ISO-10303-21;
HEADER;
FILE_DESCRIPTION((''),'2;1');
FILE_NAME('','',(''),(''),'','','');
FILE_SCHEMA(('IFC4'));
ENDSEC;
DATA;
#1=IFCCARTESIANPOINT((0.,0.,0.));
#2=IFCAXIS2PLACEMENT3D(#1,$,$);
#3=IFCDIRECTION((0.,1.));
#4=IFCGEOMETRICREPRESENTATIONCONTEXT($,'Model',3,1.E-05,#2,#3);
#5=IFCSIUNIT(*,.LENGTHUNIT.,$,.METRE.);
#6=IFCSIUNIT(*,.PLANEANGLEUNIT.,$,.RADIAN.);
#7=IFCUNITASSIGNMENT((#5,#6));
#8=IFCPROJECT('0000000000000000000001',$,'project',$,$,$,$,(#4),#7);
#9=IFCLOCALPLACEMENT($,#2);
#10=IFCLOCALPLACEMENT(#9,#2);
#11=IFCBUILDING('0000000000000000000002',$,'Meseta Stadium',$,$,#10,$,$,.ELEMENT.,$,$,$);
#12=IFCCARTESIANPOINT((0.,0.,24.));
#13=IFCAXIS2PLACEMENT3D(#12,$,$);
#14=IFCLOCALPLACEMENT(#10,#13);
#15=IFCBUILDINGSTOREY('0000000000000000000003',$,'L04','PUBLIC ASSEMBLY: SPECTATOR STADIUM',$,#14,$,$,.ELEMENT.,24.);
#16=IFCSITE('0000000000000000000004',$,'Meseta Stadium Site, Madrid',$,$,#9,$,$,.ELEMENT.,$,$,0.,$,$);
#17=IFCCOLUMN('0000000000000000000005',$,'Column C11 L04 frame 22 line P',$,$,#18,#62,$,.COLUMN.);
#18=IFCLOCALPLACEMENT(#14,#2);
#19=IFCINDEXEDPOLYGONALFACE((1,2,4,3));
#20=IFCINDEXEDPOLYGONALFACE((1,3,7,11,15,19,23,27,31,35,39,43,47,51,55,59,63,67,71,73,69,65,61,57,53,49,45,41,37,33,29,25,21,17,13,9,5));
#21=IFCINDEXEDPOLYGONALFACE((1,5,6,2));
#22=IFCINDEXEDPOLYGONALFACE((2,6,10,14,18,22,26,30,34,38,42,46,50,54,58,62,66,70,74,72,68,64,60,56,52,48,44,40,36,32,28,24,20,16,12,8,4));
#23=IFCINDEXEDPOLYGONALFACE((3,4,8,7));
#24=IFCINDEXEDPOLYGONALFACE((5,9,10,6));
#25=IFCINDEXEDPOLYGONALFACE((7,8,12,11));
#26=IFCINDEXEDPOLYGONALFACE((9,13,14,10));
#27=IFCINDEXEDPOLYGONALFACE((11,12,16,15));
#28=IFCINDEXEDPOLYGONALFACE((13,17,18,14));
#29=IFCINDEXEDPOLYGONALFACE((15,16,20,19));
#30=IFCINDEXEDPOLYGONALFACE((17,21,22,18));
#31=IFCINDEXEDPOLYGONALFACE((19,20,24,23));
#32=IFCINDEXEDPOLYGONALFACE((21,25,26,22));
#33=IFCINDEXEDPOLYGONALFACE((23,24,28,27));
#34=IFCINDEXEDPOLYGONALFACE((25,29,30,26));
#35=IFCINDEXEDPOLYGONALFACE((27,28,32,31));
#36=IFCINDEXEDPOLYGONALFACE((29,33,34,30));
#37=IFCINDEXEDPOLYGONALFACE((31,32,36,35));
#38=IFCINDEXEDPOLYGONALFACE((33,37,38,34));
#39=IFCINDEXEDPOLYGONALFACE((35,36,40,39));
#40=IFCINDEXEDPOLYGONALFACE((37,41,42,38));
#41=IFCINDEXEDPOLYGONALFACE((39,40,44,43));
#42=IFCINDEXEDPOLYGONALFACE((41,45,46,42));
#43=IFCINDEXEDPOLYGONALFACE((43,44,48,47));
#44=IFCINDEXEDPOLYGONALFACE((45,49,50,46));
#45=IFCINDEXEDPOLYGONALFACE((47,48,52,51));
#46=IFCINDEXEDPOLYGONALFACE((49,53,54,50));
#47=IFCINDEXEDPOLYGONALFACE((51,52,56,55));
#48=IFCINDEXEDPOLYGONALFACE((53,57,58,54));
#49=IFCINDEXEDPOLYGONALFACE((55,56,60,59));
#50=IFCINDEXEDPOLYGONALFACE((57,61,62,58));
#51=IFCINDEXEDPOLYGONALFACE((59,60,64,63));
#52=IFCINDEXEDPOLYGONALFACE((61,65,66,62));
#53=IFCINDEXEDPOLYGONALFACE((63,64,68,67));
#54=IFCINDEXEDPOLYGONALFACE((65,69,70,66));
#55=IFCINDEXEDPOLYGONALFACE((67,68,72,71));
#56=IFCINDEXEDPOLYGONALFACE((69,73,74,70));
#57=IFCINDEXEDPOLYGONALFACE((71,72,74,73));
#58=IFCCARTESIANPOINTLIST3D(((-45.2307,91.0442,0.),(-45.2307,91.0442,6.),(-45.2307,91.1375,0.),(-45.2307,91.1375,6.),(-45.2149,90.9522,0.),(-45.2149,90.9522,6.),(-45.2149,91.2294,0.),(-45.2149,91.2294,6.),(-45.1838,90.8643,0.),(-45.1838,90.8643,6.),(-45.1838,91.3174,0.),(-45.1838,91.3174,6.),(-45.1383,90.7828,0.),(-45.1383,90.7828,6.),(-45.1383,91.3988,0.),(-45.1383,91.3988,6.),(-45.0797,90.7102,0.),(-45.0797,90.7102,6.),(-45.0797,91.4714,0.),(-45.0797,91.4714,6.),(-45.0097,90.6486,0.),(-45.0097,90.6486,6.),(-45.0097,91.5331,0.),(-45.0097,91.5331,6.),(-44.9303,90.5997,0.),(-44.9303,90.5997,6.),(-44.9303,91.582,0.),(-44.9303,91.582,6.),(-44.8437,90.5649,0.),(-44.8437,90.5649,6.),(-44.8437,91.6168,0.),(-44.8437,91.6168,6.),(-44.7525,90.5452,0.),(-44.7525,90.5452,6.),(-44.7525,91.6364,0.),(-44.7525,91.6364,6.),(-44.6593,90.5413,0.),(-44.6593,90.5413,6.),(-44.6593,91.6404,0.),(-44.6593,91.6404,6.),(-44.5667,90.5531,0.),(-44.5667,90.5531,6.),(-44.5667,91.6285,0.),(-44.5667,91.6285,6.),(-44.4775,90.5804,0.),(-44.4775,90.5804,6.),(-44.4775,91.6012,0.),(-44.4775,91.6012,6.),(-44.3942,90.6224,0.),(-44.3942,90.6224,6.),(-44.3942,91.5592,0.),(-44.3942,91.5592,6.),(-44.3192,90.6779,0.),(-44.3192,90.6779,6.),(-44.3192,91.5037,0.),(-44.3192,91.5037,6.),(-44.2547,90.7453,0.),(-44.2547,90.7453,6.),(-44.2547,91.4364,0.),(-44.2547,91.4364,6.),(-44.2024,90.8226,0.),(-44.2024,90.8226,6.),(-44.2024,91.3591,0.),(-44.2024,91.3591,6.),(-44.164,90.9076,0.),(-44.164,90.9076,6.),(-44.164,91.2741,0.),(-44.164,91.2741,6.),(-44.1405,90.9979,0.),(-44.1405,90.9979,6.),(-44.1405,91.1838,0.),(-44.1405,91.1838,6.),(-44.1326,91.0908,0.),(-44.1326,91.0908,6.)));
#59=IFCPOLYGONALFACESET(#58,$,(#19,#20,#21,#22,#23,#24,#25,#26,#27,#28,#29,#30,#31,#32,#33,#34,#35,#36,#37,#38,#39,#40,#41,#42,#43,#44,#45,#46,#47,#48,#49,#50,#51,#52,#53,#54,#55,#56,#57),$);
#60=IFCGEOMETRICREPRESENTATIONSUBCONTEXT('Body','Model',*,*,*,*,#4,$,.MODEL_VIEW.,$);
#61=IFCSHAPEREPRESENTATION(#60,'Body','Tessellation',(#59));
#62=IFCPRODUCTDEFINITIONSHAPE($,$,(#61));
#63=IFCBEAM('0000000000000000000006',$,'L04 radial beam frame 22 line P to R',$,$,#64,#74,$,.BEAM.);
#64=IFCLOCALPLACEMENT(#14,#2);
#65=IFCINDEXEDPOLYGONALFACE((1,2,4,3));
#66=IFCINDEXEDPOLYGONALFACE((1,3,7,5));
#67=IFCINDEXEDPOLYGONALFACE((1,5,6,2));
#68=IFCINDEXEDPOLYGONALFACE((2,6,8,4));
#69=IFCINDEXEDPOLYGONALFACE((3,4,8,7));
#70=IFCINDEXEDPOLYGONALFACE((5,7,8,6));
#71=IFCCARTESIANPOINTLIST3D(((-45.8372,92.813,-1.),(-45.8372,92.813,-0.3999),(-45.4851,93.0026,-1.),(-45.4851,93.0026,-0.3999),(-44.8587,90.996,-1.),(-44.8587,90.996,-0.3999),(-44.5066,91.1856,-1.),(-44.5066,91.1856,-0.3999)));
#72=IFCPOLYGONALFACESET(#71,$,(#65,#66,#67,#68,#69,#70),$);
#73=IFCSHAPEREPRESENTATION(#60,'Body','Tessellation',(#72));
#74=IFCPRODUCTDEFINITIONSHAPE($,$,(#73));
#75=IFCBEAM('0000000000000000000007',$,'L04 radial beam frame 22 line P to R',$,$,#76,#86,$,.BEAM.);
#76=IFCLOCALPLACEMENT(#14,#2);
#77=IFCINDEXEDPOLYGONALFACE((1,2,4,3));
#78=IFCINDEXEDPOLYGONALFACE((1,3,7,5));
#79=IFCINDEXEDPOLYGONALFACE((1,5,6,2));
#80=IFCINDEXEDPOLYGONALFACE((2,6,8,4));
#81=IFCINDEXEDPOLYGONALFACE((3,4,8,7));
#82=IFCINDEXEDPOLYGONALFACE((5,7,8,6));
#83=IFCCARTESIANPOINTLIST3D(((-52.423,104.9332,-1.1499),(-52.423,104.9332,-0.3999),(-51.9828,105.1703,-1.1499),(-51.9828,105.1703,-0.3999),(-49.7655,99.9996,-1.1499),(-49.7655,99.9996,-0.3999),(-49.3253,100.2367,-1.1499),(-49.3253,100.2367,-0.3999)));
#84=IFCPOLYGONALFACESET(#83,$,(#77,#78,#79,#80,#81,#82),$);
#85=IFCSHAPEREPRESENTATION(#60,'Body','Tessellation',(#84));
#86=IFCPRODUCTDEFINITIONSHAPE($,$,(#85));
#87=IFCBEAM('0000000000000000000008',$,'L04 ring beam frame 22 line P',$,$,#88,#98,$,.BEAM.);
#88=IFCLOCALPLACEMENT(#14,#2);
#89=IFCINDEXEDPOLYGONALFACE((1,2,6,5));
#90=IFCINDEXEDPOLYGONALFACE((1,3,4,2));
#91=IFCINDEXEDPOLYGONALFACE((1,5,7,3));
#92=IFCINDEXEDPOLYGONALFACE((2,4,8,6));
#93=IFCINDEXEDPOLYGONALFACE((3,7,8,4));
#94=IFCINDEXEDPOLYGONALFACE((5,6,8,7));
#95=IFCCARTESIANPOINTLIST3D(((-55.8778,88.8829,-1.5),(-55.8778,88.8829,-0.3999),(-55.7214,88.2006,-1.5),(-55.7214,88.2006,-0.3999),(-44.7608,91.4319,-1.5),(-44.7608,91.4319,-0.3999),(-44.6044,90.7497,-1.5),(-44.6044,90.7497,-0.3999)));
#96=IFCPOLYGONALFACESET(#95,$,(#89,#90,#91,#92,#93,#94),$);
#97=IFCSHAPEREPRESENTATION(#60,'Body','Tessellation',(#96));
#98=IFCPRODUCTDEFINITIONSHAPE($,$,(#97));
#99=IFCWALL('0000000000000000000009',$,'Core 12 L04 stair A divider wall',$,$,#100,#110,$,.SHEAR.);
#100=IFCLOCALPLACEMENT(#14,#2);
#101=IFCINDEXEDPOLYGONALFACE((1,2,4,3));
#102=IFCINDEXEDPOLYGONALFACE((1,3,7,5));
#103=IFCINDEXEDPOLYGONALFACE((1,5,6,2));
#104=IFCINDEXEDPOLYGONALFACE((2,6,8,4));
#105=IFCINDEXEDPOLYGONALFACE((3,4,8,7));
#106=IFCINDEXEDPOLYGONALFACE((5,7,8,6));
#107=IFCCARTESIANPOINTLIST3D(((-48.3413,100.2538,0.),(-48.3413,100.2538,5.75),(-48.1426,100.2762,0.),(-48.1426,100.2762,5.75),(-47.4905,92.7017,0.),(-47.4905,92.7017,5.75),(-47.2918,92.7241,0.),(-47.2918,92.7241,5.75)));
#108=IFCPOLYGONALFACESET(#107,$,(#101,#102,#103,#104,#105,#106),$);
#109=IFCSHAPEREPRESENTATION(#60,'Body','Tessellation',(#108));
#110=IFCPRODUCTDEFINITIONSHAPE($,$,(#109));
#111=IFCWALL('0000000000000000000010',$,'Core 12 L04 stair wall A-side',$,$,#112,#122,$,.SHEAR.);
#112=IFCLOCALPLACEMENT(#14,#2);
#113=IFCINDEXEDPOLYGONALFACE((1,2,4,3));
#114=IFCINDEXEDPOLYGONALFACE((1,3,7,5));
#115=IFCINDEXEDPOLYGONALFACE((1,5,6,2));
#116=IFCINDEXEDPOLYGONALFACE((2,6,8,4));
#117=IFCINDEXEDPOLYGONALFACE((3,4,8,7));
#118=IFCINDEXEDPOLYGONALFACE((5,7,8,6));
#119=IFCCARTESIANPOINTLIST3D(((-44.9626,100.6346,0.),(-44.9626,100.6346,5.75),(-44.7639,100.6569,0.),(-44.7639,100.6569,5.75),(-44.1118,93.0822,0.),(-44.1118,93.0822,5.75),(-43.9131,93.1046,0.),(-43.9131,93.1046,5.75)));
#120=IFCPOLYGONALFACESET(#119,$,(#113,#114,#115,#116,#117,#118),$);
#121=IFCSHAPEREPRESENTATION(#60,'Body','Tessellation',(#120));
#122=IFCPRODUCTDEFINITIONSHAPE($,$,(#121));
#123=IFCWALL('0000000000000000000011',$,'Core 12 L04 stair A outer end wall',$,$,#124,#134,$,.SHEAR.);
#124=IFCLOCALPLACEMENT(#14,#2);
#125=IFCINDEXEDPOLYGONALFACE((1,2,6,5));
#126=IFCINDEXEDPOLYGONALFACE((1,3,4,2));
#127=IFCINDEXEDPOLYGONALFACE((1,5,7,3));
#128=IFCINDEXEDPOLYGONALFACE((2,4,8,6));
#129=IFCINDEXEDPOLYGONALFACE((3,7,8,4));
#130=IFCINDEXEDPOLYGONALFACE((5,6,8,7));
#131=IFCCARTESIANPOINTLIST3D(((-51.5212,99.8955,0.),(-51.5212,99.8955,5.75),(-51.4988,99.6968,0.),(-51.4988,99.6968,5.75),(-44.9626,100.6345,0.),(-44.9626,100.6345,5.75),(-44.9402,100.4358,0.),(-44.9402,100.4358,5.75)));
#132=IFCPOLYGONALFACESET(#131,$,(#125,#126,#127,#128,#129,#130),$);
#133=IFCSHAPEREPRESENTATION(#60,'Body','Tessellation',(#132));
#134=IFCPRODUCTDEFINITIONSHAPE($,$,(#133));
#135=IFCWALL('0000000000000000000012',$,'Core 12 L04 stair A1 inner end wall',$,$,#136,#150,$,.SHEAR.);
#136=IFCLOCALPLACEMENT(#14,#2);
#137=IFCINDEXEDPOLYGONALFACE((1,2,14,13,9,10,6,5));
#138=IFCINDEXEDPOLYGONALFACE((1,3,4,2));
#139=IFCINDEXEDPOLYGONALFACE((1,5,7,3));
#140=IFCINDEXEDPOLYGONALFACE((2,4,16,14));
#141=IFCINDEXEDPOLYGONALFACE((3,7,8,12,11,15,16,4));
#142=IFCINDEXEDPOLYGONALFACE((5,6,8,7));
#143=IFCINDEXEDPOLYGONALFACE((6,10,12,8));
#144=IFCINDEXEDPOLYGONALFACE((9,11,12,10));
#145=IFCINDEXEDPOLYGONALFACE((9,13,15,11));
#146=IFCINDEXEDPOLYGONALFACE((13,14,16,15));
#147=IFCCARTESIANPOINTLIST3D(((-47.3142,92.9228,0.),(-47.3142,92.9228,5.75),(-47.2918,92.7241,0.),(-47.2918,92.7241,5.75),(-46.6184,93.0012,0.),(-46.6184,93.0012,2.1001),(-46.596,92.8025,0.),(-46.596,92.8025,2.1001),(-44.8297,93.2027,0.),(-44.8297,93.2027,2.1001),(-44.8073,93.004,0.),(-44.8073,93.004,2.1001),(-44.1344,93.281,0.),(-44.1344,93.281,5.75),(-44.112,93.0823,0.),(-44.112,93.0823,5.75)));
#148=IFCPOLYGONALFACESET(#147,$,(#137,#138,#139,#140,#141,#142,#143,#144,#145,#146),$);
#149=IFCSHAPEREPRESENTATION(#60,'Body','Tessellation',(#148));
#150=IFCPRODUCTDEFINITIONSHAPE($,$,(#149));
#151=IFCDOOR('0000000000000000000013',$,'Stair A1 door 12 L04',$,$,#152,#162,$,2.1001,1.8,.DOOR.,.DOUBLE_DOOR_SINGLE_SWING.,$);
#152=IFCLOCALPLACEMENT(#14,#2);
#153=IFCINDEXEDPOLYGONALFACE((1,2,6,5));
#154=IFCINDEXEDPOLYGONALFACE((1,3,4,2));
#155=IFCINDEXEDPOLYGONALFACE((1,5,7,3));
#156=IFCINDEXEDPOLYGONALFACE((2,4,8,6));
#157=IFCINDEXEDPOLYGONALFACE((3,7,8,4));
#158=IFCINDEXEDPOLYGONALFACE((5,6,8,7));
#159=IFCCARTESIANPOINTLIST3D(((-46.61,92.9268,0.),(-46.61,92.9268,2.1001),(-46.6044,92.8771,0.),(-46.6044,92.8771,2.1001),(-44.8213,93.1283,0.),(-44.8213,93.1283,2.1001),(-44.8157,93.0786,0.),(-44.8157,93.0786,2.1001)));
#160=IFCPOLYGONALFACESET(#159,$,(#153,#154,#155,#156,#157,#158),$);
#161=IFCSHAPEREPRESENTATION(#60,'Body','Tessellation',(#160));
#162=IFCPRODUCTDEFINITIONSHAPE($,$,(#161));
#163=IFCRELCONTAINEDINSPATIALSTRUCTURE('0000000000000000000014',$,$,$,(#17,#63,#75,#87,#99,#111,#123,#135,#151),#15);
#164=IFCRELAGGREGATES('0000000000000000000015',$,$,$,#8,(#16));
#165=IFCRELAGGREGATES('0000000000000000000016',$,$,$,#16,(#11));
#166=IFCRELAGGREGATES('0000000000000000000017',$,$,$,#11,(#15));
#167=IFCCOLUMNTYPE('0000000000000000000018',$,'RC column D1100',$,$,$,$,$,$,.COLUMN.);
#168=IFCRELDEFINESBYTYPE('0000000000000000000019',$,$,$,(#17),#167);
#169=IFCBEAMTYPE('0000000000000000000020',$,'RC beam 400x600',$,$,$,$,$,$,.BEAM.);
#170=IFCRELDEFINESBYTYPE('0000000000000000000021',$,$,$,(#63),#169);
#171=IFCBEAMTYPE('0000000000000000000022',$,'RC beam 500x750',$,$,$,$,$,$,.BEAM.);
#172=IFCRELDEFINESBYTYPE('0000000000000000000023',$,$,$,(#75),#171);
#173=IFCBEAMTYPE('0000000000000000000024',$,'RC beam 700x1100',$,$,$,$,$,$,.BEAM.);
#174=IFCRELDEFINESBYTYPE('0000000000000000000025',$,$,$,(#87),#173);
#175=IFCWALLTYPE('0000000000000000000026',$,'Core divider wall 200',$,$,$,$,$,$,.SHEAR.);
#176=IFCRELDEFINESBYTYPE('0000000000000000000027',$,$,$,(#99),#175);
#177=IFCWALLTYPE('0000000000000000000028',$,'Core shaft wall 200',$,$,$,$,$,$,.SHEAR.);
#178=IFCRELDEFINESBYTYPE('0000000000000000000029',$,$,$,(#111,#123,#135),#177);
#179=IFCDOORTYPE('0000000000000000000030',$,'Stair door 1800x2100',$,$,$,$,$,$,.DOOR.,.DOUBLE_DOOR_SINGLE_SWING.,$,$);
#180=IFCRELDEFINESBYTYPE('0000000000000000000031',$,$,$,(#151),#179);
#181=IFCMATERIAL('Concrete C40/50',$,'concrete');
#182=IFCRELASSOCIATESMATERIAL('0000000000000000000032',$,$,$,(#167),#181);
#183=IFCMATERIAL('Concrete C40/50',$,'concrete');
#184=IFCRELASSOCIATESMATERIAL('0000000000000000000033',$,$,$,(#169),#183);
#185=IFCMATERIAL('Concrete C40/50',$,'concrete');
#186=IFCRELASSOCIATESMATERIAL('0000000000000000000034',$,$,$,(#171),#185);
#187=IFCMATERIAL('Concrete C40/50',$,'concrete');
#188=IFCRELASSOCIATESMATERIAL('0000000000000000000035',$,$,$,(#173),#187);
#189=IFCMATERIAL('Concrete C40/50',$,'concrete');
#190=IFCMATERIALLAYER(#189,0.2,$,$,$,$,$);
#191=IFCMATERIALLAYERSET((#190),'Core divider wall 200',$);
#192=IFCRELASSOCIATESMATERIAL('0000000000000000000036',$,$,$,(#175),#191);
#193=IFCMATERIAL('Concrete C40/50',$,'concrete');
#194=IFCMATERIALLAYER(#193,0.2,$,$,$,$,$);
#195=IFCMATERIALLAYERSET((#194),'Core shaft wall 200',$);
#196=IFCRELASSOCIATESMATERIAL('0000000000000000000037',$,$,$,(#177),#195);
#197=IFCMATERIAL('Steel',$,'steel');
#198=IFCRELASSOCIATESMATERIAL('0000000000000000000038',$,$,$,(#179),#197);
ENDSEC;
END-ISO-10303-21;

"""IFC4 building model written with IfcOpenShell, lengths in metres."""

from ifc_helpers import new_model, si_unit, direction, frame, frame_2d, origin, origin_2d, place, context, subcontext, project, spatial, rectangle, circle, extrude, material, layer, layer_set, material_profile, profile_set, type_object, element, fill, save


model = new_model("IFC4")

# Units and contexts
model_context = context("Model", 3, precision=1e-05, world=origin(), true_north=direction((0.0, 1.0)))
body_context = subcontext(model_context, "Body", "Model", "MODEL_VIEW")
ifc_project = project(units=[si_unit("LENGTHUNIT", "METRE"), si_unit("PLANEANGLEUNIT", "RADIAN")], contexts=[model_context])

# Site, building, storey
site_placement = place(None, origin())
site = spatial("IfcSite", under=ifc_project, at=site_placement, Name="Meseta Stadium Site, Madrid", CompositionType="ELEMENT", RefElevation=0.0)
building_placement = place(site_placement, origin())
building = spatial("IfcBuilding", under=site, at=building_placement, Name="Meseta Stadium", CompositionType="ELEMENT")
storey_placement = place(building_placement, frame((0.0, 0.0, 24.0)))
storey = spatial("IfcBuildingStorey", under=building, at=storey_placement, Name="L04", Description="PUBLIC ASSEMBLY: SPECTATOR STADIUM", CompositionType="ELEMENT", Elevation=24.0)

# Column
ifc_material_1 = material(Name="Concrete C40/50", Category="concrete")
ifc_material_profile_1 = material_profile(ifc_material_1, circle(Radius=0.55, at=origin_2d()), Name="RC D1100")
ifc_profile_set_1 = profile_set([ifc_material_profile_1], Name="Concrete C40/50")
column_type = type_object("IfcColumnType", Name="RC column D1100", PredefinedType="COLUMN", material=ifc_profile_set_1)
column_placement = place(storey_placement, frame((-44.6826, 91.0908, 0.0), z_axis=(0.0, 0.0, 1.0), x_axis=(1.0, 0.0, 0.0)))
element("IfcColumn", 1, at=column_placement, inside=storey, type_object=column_type, Name="Column C11 L04 frame 22 line P", PredefinedType="COLUMN", context=body_context, shape_type="SweptSolid", body=[
    extrude(circle(Radius=0.55, at=origin_2d()), origin(), (0.0, 0.0, 1.0), 6.0),
])

# Beams
ifc_material_2 = material(Name="Concrete C40/50", Category="concrete")
ifc_material_profile_2 = material_profile(ifc_material_2, rectangle(XDim=0.3999, YDim=0.6001, at=origin_2d()), Name="RC 400x600")
ifc_profile_set_2 = profile_set([ifc_material_profile_2], Name="Concrete C40/50")
beam_type_1 = type_object("IfcBeamType", Name="RC beam 400x600", PredefinedType="BEAM", material=ifc_profile_set_2)
beam_1_placement = place(storey_placement, frame((-44.6826, 91.0908, -0.7), z_axis=(-0.47417, 0.880433, 0.0), x_axis=(-0.880433, -0.47417, 0.0)))
element("IfcBeam", 2, at=beam_1_placement, inside=storey, type_object=beam_type_1, Name="L04 radial beam frame 22 line P to R", PredefinedType="BEAM", context=body_context, shape_type="SweptSolid", body=[
    extrude(rectangle(XDim=0.3999, YDim=0.6001, at=origin_2d()), origin(), (0.0, 0.0, 1.0), 2.0637),
])
ifc_material_3 = material(Name="Concrete C40/50", Category="concrete")
ifc_material_profile_3 = material_profile(ifc_material_3, rectangle(XDim=0.5, YDim=0.75, at=origin_2d()), Name="RC 500x750")
ifc_profile_set_3 = profile_set([ifc_material_profile_3], Name="Concrete C40/50")
beam_type_2 = type_object("IfcBeamType", Name="RC beam 500x750", PredefinedType="BEAM", material=ifc_profile_set_3)
beam_2_placement = place(storey_placement, frame((-49.5454, 100.1182, -0.7749), z_axis=(-0.474227, 0.880403, 0.0), x_axis=(-0.880403, -0.474227, 0.0)))
element("IfcBeam", 3, at=beam_2_placement, inside=storey, type_object=beam_type_2, Name="L04 radial beam frame 22 line P to R", PredefinedType="BEAM", context=body_context, shape_type="SweptSolid", body=[
    extrude(rectangle(XDim=0.5, YDim=0.75, at=origin_2d()), origin(), (0.0, 0.0, 1.0), 5.6038),
])
ifc_material_4 = material(Name="Concrete C40/50", Category="concrete")
ifc_material_profile_4 = material_profile(ifc_material_4, rectangle(XDim=0.7, YDim=1.1001, at=origin_2d()), Name="RC 700x1100")
ifc_profile_set_4 = profile_set([ifc_material_profile_4], Name="Concrete C40/50")
beam_type_3 = type_object("IfcBeamType", Name="RC beam 700x1100", PredefinedType="BEAM", material=ifc_profile_set_4)
beam_3_placement = place(storey_placement, frame((-44.6826, 91.0908, -0.95), z_axis=(-0.974705, -0.223496, 0.0), x_axis=(0.223496, -0.974705, 0.0)))
element("IfcBeam", 4, at=beam_3_placement, inside=storey, type_object=beam_type_3, Name="L04 ring beam frame 22 line P", PredefinedType="BEAM", context=body_context, shape_type="SweptSolid", body=[
    extrude(rectangle(XDim=0.7, YDim=1.1001, at=origin_2d()), origin(), (0.0, 0.0, 1.0), 11.4055),
])

# Walls
ifc_material_5 = material(Name="Concrete C40/50", Category="concrete")
ifc_layer_1 = layer(ifc_material_5, 0.2)
ifc_layer_set_1 = layer_set([ifc_layer_1], Name="Core divider wall 200")
wall_type_1 = type_object("IfcWallType", Name="Core divider wall 200", PredefinedType="SHEAR", material=ifc_layer_set_1)
wall_1_placement = place(storey_placement, frame((-48.2419, 100.2649, 0.0), z_axis=(0.0, 0.0, 1.0), x_axis=(0.111955, -0.993713, 0.0)))
element("IfcWall", 5, at=wall_1_placement, inside=storey, type_object=wall_type_1, Name="Core 12 L04 stair A divider wall", PredefinedType="SHEAR", context=body_context, shape_type="SweptSolid", body=[
    extrude(rectangle(XDim=7.5999, YDim=0.2, at=frame_2d((3.7998, 0.0))), origin(), (0.0, 0.0, 1.0), 5.75),
])
ifc_material_6 = material(Name="Concrete C40/50", Category="concrete")
ifc_layer_2 = layer(ifc_material_6, 0.2)
ifc_layer_set_2 = layer_set([ifc_layer_2], Name="Core shaft wall 200")
wall_type_2 = type_object("IfcWallType", Name="Core shaft wall 200", PredefinedType="SHEAR", material=ifc_layer_set_2)
wall_2_placement = place(storey_placement, frame((-44.8633, 100.6458, 0.0), z_axis=(0.0, 0.0, 1.0), x_axis=(0.111951, -0.993714, 0.0)))
element("IfcWall", 6, at=wall_2_placement, inside=storey, type_object=wall_type_2, Name="Core 12 L04 stair wall A-side", PredefinedType="SHEAR", context=body_context, shape_type="SweptSolid", body=[
    extrude(rectangle(XDim=7.6001, YDim=0.2, at=frame_2d((3.8, 0.0))), origin(), (0.0, 0.0, 1.0), 5.75),
])
wall_3_placement = place(storey_placement, frame((-44.9514, 100.5352, 0.0), z_axis=(0.0, 0.0, 1.0), x_axis=(-0.993712, -0.11197, 0.0)))
element("IfcWall", 7, at=wall_3_placement, inside=storey, type_object=wall_type_2, Name="Core 12 L04 stair A outer end wall", PredefinedType="SHEAR", context=body_context, shape_type="SweptSolid", body=[
    extrude(rectangle(XDim=6.6001, YDim=0.2, at=frame_2d((3.3, 0.0))), origin(), (0.0, 0.0, 1.0), 5.75),
])

# Wall, opening, door
wall_4_placement = place(storey_placement, frame((-44.123, 93.1816, 0.0), z_axis=(0.0, 0.0, 1.0), x_axis=(-0.993717, -0.111922, 0.0)))
wall_4 = element("IfcWall", 8, at=wall_4_placement, inside=storey, type_object=wall_type_2, Name="Core 12 L04 stair A1 inner end wall", PredefinedType="SHEAR", context=body_context, shape_type="SweptSolid", body=[
    extrude(rectangle(XDim=3.2, YDim=0.2, at=frame_2d((1.6001, 0.0))), origin(), (0.0, 0.0, 1.0), 5.75),
])
opening_1_placement = place(wall_4_placement, frame((0.7, 0.0, 0.0)))
opening_1 = element("IfcOpeningElement", 9, at=opening_1_placement, cuts=wall_4, PredefinedType="OPENING", context=body_context, shape_type="SweptSolid", body=[
    extrude(rectangle(XDim=1.8, YDim=2.1001, at=frame_2d((0.8999, 1.05))), frame((0.0, 0.1099, 0.0), z_axis=(0.0, -1.0, 0.0), x_axis=(1.0, 0.0, 0.0)), (0.0, 0.0, 1.0), 0.22),
])
ifc_material_7 = material(Name="Steel", Category="steel")
door_type = type_object("IfcDoorType", Name="Stair door 1800x2100", OperationType="DOUBLE_DOOR_SINGLE_SWING", PredefinedType="DOOR", material=ifc_material_7)
door_1_placement = place(opening_1_placement, origin())
door_1 = element("IfcDoor", 10, at=door_1_placement, inside=storey, type_object=door_type, Name="Stair A1 door 12 L04", OperationType="DOUBLE_DOOR_SINGLE_SWING", OverallHeight=2.1001, OverallWidth=1.8, PredefinedType="DOOR", context=body_context, shape_type="SweptSolid", body=[
    extrude(rectangle(XDim=1.8, YDim=2.1001, at=frame_2d((0.8999, 1.05))), frame((0.0, 0.0249, 0.0), z_axis=(0.0, -1.0, 0.0), x_axis=(1.0, 0.0, 0.0)), (0.0, 0.0, 1.0), 0.05),
])
fill(opening_1, door_1)

save(model, "model.ifc")
